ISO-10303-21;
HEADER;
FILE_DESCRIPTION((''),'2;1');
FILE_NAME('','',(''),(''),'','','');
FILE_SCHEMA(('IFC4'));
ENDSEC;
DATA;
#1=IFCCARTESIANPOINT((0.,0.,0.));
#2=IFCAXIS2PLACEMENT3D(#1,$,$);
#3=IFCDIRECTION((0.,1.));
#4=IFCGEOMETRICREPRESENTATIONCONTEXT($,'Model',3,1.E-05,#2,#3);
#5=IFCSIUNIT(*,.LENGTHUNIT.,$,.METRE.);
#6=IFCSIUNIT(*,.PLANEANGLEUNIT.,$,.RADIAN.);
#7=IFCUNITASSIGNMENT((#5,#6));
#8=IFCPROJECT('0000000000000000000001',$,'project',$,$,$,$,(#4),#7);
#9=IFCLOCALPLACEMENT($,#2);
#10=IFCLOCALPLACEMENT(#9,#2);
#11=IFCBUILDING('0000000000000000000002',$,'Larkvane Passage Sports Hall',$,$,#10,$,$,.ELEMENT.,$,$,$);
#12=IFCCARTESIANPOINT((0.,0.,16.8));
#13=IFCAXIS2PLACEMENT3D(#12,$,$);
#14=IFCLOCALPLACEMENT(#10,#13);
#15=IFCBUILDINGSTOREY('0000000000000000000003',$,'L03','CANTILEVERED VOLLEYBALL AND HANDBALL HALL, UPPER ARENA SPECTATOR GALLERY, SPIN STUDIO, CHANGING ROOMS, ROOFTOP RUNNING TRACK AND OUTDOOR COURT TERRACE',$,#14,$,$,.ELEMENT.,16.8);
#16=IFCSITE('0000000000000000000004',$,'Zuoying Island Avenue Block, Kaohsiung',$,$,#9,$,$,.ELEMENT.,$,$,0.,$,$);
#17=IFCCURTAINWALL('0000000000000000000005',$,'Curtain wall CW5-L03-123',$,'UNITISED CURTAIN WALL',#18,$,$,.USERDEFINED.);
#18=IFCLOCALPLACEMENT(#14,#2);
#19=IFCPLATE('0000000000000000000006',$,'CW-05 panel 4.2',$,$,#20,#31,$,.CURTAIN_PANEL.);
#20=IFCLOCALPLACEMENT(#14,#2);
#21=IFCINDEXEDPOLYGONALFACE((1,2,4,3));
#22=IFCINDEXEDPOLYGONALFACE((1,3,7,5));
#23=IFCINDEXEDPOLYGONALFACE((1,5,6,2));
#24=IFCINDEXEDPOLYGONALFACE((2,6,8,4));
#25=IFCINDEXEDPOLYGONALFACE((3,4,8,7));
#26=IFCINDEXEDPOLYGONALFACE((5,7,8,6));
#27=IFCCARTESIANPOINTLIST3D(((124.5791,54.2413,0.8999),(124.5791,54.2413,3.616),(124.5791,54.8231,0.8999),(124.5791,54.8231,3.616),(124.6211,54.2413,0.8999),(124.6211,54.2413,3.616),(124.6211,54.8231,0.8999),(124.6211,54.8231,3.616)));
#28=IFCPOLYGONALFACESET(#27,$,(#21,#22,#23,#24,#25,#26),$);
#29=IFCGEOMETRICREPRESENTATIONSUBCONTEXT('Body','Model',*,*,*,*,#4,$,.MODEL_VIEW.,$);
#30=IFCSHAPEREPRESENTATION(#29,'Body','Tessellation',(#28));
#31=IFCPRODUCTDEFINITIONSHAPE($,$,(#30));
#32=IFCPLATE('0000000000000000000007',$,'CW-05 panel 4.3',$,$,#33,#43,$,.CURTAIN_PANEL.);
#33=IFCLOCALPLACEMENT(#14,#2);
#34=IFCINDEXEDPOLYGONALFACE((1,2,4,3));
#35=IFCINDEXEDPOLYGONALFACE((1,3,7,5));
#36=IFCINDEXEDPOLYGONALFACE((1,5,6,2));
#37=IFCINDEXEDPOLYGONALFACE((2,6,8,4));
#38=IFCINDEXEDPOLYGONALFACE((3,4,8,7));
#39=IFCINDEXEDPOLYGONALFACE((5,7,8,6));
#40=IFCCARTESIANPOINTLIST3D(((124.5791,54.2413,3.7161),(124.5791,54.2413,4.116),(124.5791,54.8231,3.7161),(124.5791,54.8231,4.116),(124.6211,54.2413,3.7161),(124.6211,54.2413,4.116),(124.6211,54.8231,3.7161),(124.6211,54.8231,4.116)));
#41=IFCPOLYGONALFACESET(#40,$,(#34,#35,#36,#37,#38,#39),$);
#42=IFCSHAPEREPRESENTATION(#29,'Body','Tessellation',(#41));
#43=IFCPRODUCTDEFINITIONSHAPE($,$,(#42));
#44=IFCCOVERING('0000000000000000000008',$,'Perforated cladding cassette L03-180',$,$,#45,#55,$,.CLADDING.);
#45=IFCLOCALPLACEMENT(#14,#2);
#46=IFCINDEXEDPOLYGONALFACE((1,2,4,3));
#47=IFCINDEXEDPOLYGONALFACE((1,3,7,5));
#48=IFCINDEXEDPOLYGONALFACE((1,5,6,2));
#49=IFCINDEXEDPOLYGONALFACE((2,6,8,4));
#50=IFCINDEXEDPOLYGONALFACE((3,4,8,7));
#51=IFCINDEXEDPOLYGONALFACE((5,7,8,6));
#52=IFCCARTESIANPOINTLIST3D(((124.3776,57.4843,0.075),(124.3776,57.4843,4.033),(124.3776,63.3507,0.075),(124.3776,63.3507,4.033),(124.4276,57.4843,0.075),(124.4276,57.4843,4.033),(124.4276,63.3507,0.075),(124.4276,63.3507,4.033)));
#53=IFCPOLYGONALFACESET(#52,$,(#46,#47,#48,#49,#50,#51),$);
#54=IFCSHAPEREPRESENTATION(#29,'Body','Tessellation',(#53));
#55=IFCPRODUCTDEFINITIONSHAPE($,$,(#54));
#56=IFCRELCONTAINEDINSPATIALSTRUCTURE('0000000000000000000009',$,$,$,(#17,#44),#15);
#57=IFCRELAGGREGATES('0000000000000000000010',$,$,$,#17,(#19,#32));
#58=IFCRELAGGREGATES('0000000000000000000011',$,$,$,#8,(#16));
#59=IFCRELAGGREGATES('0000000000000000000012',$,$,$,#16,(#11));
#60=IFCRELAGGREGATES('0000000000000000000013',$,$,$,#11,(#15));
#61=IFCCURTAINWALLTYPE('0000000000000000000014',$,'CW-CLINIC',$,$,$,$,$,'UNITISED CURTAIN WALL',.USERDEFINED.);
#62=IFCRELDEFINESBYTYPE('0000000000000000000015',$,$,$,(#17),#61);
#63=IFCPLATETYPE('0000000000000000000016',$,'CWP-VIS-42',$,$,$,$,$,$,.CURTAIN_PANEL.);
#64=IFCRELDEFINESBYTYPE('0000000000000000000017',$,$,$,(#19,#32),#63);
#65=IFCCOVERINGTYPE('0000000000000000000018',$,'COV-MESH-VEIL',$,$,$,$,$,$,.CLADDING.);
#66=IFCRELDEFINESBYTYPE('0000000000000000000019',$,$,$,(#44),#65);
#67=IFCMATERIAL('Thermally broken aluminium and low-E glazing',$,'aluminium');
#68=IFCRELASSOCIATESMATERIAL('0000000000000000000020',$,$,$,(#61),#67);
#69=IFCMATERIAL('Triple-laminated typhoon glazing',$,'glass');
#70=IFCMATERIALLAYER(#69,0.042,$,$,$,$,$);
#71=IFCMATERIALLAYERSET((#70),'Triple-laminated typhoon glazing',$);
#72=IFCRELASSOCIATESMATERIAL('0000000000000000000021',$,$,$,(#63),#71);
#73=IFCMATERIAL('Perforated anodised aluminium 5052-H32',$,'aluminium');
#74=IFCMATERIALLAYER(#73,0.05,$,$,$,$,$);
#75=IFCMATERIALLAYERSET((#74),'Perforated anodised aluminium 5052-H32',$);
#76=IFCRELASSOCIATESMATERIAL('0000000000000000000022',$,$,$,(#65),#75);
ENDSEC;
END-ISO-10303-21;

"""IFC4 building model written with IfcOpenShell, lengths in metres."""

from ifc_helpers import new_model, si_unit, direction, frame, origin, origin_2d, place, context, subcontext, project, spatial, rectangle, extrude, material, layer, layer_set, type_object, element, aggregate, save


model = new_model("IFC4")

# Units and contexts
model_context = context("Model", 3, precision=1e-05, world=origin(), true_north=direction((0.0, 1.0)))
body_context = subcontext(model_context, "Body", "Model", "MODEL_VIEW")
ifc_project = project(units=[si_unit("LENGTHUNIT", "METRE"), si_unit("PLANEANGLEUNIT", "RADIAN")], contexts=[model_context])

# Site, building, storey
site_placement = place(None, origin())
site = spatial("IfcSite", under=ifc_project, at=site_placement, Name="Zuoying Island Avenue Block, Kaohsiung", CompositionType="ELEMENT", RefElevation=0.0)
building_placement = place(site_placement, origin())
building = spatial("IfcBuilding", under=site, at=building_placement, Name="Larkvane Passage Sports Hall", CompositionType="ELEMENT")
storey_placement = place(building_placement, frame((0.0, 0.0, 16.8)))
storey = spatial("IfcBuildingStorey", under=building, at=storey_placement, Name="L03", Description="CANTILEVERED VOLLEYBALL AND HANDBALL HALL, UPPER ARENA SPECTATOR GALLERY, SPIN STUDIO, CHANGING ROOMS, ROOFTOP RUNNING TRACK AND OUTDOOR COURT TERRACE", CompositionType="ELEMENT", Elevation=16.8)

# Curtain wall, plates
ifc_material_1 = material(Name="Thermally broken aluminium and low-E glazing", Category="aluminium")
curtain_wall_type = type_object("IfcCurtainWallType", Name="CW-CLINIC", ElementType="UNITISED CURTAIN WALL", PredefinedType="USERDEFINED", material=ifc_material_1)
curtain_wall_placement = place(storey_placement, origin())
curtain_wall = element("IfcCurtainWall", 1, at=curtain_wall_placement, inside=storey, type_object=curtain_wall_type, Name="Curtain wall CW5-L03-123", ObjectType="UNITISED CURTAIN WALL", PredefinedType="USERDEFINED")
ifc_material_2 = material(Name="Triple-laminated typhoon glazing", Category="glass")
ifc_layer_1 = layer(ifc_material_2, 0.042)
ifc_layer_set_1 = layer_set([ifc_layer_1], Name="Triple-laminated typhoon glazing")
plate_type_1 = type_object("IfcPlateType", Name="CWP-VIS-42", PredefinedType="CURTAIN_PANEL", material=ifc_layer_set_1)
plate_1_placement = place(storey_placement, frame((124.6001, 54.5322, 0.8999), z_axis=(0.0, 0.0, 1.0), x_axis=(0.0, 1.0, 0.0)))
plate_1 = element("IfcPlate", 2, at=plate_1_placement, type_object=plate_type_1, Name="CW-05 panel 4.2", PredefinedType="CURTAIN_PANEL", context=body_context, shape_type="SweptSolid", body=[
    extrude(rectangle(XDim=0.5818, YDim=0.042, at=origin_2d()), origin(), (0.0, 0.0, 1.0), 2.7161),
])
plate_2_placement = place(storey_placement, frame((124.6001, 54.5322, 3.7161), z_axis=(0.0, 0.0, 1.0), x_axis=(0.0, 1.0, 0.0)))
plate_2 = element("IfcPlate", 3, at=plate_2_placement, type_object=plate_type_1, Name="CW-05 panel 4.3", PredefinedType="CURTAIN_PANEL", context=body_context, shape_type="SweptSolid", body=[
    extrude(rectangle(XDim=0.5818, YDim=0.042, at=origin_2d()), origin(), (0.0, 0.0, 1.0), 0.3999),
])
aggregate(curtain_wall, [plate_1, plate_2])

# Covering
ifc_material_3 = material(Name="Perforated anodised aluminium 5052-H32", Category="aluminium")
ifc_layer_2 = layer(ifc_material_3, 0.05)
ifc_layer_set_2 = layer_set([ifc_layer_2], Name="Perforated anodised aluminium 5052-H32")
covering_type = type_object("IfcCoveringType", Name="COV-MESH-VEIL", PredefinedType="CLADDING", material=ifc_layer_set_2)
covering_placement = place(storey_placement, frame((124.4026, 60.4175, 0.075), z_axis=(0.0, 0.0, 1.0), x_axis=(0.0, 1.0, 0.0)))
element("IfcCovering", 4, at=covering_placement, inside=storey, type_object=covering_type, Name="Perforated cladding cassette L03-180", PredefinedType="CLADDING", context=body_context, shape_type="SweptSolid", body=[
    extrude(rectangle(XDim=5.8665, YDim=0.05, at=origin_2d()), origin(), (0.0, 0.0, 1.0), 3.958),
])

save(model, "model.ifc")
